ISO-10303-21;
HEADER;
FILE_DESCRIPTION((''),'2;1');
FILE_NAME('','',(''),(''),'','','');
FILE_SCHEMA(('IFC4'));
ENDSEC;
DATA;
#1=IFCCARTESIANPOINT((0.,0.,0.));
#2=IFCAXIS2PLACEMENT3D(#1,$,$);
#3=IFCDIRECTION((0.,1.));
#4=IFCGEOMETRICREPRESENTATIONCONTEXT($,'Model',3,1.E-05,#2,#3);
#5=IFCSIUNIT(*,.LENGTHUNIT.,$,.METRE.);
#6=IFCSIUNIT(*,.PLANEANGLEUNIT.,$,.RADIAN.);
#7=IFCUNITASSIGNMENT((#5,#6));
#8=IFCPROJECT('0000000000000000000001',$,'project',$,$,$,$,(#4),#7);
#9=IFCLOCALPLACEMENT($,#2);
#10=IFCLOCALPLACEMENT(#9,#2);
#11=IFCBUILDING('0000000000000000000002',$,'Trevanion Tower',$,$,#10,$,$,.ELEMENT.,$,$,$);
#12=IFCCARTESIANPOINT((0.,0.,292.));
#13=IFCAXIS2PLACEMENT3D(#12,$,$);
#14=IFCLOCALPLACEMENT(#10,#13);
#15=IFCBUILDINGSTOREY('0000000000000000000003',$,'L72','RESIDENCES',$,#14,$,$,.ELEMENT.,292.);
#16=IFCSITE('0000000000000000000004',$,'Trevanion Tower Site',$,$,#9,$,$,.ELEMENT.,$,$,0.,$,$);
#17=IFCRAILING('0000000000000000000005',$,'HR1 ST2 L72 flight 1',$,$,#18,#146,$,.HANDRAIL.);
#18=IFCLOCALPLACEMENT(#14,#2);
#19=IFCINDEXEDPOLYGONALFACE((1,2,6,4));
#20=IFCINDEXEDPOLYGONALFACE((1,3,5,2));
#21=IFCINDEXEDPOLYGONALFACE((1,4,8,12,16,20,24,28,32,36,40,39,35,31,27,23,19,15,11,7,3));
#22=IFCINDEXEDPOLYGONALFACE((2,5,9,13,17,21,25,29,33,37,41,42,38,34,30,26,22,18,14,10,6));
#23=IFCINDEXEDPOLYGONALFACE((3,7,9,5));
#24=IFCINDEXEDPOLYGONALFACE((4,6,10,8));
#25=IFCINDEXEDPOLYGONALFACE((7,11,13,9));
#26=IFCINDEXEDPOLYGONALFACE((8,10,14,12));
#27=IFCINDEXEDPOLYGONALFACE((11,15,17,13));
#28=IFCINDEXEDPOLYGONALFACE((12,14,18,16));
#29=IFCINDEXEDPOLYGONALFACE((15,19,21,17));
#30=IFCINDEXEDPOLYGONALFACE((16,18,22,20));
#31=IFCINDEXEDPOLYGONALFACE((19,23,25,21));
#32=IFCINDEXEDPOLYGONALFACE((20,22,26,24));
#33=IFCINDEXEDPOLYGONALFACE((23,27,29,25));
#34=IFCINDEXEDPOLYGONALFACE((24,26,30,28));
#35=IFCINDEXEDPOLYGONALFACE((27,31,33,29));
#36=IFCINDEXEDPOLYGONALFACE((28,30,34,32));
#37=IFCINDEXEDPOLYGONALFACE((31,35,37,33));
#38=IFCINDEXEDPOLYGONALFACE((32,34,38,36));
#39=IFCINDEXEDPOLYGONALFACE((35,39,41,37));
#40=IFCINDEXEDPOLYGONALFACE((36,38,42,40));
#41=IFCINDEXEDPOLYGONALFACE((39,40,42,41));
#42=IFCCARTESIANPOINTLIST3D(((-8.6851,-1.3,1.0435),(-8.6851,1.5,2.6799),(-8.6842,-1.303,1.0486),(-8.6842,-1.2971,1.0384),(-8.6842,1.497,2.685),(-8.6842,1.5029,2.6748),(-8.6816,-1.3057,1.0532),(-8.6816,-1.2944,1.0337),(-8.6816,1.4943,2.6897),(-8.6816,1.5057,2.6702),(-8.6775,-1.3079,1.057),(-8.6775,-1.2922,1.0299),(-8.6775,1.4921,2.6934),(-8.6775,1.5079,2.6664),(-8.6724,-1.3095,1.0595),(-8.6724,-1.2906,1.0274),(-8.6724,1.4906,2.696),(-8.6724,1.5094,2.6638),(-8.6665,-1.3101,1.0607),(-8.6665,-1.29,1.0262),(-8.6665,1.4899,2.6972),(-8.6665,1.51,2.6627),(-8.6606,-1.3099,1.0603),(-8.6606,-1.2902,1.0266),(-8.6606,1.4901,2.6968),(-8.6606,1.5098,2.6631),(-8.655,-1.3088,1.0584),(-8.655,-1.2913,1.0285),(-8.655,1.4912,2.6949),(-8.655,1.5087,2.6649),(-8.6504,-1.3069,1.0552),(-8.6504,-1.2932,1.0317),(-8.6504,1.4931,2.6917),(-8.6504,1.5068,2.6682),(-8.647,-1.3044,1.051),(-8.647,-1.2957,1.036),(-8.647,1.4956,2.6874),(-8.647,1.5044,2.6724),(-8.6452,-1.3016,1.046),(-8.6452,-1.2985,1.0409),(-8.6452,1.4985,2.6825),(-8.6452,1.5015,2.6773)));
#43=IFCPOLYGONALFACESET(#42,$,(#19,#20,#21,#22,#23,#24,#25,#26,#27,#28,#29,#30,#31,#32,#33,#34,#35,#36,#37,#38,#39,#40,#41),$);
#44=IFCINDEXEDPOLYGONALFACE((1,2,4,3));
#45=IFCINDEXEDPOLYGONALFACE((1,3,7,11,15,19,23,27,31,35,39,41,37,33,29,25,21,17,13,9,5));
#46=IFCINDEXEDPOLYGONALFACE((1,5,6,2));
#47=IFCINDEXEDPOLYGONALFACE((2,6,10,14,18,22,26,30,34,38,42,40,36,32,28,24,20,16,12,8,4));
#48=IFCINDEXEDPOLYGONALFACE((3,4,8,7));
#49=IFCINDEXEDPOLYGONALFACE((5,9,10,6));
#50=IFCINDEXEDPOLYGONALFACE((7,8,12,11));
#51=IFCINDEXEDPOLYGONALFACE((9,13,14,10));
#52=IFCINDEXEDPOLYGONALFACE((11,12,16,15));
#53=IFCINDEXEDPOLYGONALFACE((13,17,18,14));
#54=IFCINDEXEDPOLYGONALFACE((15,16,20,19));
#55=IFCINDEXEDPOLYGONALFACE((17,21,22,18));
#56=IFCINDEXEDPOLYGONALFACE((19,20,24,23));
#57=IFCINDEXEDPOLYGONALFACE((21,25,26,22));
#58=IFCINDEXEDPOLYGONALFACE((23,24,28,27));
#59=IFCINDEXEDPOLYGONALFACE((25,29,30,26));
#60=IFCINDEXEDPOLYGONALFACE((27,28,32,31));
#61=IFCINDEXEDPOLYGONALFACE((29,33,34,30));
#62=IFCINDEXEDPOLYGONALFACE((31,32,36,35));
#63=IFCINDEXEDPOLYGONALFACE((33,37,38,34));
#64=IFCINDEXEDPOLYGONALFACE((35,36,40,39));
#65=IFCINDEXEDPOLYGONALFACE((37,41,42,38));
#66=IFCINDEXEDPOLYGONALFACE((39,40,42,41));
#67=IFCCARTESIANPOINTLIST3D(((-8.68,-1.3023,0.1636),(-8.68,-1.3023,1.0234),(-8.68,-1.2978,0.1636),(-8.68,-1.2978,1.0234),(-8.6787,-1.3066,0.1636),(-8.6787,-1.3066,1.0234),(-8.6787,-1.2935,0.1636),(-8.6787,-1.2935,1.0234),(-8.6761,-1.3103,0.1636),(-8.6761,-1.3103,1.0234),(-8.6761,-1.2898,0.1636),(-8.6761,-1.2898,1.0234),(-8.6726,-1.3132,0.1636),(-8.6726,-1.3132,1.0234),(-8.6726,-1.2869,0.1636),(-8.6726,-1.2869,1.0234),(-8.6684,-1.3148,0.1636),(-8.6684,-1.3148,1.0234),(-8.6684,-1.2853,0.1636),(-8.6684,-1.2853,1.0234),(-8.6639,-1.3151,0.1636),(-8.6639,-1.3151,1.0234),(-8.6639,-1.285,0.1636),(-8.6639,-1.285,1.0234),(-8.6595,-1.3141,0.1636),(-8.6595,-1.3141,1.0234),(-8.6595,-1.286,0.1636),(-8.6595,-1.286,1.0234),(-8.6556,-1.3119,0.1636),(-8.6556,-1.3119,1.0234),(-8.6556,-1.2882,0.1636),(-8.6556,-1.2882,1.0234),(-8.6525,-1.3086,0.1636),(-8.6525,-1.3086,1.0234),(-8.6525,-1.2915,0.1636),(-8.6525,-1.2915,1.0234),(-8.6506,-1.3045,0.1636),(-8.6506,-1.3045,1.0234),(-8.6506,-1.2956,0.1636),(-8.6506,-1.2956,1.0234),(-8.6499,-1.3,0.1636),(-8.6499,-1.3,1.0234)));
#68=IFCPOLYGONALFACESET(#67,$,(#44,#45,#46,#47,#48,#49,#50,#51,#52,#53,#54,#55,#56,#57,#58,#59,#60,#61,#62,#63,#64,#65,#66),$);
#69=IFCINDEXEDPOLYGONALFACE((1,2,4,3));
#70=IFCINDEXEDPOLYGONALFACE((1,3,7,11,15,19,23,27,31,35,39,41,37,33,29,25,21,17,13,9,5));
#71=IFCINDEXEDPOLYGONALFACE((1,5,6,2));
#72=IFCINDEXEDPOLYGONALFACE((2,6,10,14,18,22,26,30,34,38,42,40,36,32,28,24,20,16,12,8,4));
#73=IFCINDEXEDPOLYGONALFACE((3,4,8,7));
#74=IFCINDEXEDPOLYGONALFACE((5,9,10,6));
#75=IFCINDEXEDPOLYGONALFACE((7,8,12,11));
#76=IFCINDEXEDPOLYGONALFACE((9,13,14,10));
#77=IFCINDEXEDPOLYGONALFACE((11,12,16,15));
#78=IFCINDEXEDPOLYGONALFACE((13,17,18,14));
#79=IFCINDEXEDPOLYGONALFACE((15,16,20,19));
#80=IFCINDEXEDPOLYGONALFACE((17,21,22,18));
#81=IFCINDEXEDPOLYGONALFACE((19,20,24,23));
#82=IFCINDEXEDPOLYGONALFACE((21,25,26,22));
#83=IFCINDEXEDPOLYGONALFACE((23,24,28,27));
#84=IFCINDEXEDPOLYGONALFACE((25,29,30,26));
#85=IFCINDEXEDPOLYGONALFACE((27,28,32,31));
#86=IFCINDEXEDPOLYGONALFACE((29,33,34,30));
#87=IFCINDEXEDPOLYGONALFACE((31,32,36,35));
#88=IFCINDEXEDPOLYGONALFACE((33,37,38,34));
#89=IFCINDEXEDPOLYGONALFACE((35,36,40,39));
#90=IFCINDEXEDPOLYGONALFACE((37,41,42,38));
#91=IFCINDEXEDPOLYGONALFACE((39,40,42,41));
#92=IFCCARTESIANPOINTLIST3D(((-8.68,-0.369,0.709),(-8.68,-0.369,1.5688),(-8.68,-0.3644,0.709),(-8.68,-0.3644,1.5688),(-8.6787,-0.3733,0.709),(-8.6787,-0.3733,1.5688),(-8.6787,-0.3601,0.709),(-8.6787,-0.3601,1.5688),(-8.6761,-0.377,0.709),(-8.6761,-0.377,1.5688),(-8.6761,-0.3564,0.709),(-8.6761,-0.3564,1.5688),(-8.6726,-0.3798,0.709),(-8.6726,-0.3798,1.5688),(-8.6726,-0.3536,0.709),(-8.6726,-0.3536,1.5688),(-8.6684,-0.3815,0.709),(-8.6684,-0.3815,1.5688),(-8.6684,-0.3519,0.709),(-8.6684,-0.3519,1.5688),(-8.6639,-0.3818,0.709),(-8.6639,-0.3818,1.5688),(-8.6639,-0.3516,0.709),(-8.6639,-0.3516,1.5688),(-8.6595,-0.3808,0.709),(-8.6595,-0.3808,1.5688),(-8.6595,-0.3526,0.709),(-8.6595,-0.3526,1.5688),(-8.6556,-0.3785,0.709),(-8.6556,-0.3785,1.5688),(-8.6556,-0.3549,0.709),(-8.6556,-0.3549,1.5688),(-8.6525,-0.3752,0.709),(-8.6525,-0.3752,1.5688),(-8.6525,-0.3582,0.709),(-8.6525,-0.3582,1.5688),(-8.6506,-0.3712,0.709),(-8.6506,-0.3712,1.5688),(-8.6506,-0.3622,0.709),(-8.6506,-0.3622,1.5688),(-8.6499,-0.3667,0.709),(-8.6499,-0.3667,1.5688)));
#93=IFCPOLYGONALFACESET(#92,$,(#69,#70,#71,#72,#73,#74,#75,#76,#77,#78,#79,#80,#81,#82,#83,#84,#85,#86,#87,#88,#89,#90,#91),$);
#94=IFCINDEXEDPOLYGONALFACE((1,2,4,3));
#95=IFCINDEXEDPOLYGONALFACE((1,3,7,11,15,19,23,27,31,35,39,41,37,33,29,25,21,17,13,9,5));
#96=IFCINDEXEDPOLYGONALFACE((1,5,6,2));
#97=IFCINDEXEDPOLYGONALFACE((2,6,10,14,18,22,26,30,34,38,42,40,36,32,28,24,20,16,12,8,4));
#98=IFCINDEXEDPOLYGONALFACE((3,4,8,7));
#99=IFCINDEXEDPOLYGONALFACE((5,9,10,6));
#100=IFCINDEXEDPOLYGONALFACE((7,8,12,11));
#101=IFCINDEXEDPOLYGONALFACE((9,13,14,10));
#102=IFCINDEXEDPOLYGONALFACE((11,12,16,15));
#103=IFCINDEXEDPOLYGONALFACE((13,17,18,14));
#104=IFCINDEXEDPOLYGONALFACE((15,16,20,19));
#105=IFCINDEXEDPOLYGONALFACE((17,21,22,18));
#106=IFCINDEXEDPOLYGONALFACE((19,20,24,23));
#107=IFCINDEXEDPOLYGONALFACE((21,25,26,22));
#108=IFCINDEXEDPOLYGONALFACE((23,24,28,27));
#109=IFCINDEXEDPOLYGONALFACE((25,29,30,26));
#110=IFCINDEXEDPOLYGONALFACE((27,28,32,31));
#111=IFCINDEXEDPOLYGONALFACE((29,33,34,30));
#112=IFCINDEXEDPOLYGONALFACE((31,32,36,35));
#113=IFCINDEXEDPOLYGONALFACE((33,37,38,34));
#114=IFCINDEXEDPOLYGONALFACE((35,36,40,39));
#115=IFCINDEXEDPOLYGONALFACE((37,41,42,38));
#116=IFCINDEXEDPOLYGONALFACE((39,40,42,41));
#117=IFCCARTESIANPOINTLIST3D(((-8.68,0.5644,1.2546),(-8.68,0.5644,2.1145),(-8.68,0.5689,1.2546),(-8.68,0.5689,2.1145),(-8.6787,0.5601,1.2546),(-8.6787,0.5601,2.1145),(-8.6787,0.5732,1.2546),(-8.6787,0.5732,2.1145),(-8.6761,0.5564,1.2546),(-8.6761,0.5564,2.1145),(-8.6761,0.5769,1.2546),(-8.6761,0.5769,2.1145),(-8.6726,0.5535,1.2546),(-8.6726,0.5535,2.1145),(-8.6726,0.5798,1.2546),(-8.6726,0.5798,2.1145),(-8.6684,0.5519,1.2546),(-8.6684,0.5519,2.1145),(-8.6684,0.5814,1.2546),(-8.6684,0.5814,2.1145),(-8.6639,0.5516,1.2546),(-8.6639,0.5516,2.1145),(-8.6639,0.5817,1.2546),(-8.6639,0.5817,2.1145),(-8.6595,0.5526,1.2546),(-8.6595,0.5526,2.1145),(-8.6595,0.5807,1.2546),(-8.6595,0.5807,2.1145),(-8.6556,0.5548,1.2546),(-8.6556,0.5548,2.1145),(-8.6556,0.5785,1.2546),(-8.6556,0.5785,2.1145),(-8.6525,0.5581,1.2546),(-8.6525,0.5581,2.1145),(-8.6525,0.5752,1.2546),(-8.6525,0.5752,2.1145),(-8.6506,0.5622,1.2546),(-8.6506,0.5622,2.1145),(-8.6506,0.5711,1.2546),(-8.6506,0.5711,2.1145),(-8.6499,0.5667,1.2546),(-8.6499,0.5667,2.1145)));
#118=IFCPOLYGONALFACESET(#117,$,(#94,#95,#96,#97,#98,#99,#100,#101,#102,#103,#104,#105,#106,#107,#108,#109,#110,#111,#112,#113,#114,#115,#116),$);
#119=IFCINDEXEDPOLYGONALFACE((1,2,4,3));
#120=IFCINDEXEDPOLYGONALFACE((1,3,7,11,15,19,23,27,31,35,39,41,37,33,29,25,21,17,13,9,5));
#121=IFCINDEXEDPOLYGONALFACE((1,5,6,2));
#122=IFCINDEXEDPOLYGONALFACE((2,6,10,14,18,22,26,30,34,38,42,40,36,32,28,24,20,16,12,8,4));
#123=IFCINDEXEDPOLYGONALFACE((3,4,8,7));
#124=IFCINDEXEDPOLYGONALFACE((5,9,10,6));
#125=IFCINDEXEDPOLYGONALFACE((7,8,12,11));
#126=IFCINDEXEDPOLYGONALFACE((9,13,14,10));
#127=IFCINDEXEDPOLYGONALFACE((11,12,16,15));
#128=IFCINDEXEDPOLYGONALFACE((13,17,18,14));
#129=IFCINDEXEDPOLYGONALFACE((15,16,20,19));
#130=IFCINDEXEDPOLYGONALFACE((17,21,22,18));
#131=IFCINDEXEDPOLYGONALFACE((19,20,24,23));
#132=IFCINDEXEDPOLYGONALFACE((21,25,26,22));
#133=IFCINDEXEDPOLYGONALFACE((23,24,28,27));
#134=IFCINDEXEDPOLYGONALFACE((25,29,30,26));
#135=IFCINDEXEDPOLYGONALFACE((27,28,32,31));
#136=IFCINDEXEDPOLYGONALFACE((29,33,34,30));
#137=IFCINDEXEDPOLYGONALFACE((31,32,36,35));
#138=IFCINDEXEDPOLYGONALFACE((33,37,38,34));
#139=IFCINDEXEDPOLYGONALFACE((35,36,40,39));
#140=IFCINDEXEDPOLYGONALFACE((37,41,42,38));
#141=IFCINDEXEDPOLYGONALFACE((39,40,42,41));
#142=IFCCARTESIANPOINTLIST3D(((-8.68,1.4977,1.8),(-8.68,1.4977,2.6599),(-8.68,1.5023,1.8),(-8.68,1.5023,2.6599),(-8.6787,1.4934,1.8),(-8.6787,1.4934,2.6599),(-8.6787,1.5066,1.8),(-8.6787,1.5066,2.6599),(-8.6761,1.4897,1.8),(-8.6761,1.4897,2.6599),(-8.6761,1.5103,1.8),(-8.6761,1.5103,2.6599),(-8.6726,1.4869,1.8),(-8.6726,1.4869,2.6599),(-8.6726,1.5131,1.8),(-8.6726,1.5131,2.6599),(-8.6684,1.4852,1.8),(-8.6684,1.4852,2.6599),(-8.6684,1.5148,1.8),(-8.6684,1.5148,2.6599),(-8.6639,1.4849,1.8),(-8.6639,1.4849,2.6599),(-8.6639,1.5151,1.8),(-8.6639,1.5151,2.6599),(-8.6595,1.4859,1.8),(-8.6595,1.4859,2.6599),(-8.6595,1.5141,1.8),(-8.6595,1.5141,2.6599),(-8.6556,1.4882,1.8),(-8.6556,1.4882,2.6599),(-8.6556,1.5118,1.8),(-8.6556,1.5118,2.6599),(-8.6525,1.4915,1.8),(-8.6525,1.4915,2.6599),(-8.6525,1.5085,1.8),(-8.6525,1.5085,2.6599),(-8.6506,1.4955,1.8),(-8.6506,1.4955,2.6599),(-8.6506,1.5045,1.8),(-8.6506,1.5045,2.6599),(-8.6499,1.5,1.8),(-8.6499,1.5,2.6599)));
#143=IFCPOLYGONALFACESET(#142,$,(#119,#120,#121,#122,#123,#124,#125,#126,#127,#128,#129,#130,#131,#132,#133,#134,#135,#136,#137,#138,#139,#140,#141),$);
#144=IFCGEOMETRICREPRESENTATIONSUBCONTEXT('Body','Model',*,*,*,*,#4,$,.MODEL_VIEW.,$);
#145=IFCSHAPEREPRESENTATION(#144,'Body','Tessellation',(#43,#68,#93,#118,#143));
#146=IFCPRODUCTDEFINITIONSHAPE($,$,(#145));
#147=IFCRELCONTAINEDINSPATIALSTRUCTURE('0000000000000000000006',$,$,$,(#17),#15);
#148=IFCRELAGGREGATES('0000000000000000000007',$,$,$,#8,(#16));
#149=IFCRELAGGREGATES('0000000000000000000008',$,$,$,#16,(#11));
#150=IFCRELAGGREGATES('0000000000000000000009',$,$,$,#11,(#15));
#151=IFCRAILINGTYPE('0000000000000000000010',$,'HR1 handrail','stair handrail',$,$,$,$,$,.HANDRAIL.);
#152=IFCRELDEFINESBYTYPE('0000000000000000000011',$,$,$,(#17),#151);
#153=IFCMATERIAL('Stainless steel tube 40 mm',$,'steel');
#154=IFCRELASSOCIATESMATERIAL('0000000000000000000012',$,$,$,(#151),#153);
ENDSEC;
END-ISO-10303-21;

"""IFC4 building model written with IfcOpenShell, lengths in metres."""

from ifc_helpers import new_model, si_unit, direction, frame, origin, origin_2d, place, context, subcontext, project, spatial, circle, extrude, material, type_object, element, save


model = new_model("IFC4")

# Units and contexts
model_context = context("Model", 3, precision=1e-05, world=origin(), true_north=direction((0.0, 1.0)))
body_context = subcontext(model_context, "Body", "Model", "MODEL_VIEW")
ifc_project = project(units=[si_unit("LENGTHUNIT", "METRE"), si_unit("PLANEANGLEUNIT", "RADIAN")], contexts=[model_context])

# Site, building, storey
site_placement = place(None, origin())
site = spatial("IfcSite", under=ifc_project, at=site_placement, Name="Trevanion Tower Site", CompositionType="ELEMENT", RefElevation=0.0)
building_placement = place(site_placement, origin())
building = spatial("IfcBuilding", under=site, at=building_placement, Name="Trevanion Tower", CompositionType="ELEMENT")
storey_placement = place(building_placement, frame((0.0, 0.0, 292.0)))
storey = spatial("IfcBuildingStorey", under=building, at=storey_placement, Name="L72", Description="RESIDENCES", CompositionType="ELEMENT", Elevation=292.0)

# Railing
ifc_material_1 = material(Name="Stainless steel tube 40 mm", Category="steel")
railing_type = type_object("IfcRailingType", Name="HR1 handrail", Description="stair handrail", PredefinedType="HANDRAIL", material=ifc_material_1)
for number, where, name in (
    (1, (-8.665, -1.3, 0.1636), "HR1 ST2 L72 flight 1"),
):
    element("IfcRailing", number, at=place(storey_placement, frame(where)), inside=storey, type_object=railing_type, Name=name, PredefinedType="HANDRAIL", context=body_context, shape_type="SweptSolid", body=[
        extrude(circle(Radius=0.02, at=origin_2d()), frame((0.0, 0.0, 0.8799), z_axis=(0.0, 0.863361, 0.504587), x_axis=(-1.0, 0.0, 0.0)), (0.0, 0.0, 1.0), 3.2432),
        extrude(circle(Radius=0.0151, at=origin_2d()), origin(), (0.0, 0.0, 1.0), 0.8599),
        extrude(circle(Radius=0.0151, at=origin_2d()), frame((0.0, 0.9333, 0.5454)), (0.0, 0.0, 1.0), 0.8599),
        extrude(circle(Radius=0.0151, at=origin_2d()), frame((0.0, 1.8667, 1.0911)), (0.0, 0.0, 1.0), 0.8599),
        extrude(circle(Radius=0.0151, at=origin_2d()), frame((0.0, 2.8, 1.6365)), (0.0, 0.0, 1.0), 0.8599),
    ])

save(model, "model.ifc")
